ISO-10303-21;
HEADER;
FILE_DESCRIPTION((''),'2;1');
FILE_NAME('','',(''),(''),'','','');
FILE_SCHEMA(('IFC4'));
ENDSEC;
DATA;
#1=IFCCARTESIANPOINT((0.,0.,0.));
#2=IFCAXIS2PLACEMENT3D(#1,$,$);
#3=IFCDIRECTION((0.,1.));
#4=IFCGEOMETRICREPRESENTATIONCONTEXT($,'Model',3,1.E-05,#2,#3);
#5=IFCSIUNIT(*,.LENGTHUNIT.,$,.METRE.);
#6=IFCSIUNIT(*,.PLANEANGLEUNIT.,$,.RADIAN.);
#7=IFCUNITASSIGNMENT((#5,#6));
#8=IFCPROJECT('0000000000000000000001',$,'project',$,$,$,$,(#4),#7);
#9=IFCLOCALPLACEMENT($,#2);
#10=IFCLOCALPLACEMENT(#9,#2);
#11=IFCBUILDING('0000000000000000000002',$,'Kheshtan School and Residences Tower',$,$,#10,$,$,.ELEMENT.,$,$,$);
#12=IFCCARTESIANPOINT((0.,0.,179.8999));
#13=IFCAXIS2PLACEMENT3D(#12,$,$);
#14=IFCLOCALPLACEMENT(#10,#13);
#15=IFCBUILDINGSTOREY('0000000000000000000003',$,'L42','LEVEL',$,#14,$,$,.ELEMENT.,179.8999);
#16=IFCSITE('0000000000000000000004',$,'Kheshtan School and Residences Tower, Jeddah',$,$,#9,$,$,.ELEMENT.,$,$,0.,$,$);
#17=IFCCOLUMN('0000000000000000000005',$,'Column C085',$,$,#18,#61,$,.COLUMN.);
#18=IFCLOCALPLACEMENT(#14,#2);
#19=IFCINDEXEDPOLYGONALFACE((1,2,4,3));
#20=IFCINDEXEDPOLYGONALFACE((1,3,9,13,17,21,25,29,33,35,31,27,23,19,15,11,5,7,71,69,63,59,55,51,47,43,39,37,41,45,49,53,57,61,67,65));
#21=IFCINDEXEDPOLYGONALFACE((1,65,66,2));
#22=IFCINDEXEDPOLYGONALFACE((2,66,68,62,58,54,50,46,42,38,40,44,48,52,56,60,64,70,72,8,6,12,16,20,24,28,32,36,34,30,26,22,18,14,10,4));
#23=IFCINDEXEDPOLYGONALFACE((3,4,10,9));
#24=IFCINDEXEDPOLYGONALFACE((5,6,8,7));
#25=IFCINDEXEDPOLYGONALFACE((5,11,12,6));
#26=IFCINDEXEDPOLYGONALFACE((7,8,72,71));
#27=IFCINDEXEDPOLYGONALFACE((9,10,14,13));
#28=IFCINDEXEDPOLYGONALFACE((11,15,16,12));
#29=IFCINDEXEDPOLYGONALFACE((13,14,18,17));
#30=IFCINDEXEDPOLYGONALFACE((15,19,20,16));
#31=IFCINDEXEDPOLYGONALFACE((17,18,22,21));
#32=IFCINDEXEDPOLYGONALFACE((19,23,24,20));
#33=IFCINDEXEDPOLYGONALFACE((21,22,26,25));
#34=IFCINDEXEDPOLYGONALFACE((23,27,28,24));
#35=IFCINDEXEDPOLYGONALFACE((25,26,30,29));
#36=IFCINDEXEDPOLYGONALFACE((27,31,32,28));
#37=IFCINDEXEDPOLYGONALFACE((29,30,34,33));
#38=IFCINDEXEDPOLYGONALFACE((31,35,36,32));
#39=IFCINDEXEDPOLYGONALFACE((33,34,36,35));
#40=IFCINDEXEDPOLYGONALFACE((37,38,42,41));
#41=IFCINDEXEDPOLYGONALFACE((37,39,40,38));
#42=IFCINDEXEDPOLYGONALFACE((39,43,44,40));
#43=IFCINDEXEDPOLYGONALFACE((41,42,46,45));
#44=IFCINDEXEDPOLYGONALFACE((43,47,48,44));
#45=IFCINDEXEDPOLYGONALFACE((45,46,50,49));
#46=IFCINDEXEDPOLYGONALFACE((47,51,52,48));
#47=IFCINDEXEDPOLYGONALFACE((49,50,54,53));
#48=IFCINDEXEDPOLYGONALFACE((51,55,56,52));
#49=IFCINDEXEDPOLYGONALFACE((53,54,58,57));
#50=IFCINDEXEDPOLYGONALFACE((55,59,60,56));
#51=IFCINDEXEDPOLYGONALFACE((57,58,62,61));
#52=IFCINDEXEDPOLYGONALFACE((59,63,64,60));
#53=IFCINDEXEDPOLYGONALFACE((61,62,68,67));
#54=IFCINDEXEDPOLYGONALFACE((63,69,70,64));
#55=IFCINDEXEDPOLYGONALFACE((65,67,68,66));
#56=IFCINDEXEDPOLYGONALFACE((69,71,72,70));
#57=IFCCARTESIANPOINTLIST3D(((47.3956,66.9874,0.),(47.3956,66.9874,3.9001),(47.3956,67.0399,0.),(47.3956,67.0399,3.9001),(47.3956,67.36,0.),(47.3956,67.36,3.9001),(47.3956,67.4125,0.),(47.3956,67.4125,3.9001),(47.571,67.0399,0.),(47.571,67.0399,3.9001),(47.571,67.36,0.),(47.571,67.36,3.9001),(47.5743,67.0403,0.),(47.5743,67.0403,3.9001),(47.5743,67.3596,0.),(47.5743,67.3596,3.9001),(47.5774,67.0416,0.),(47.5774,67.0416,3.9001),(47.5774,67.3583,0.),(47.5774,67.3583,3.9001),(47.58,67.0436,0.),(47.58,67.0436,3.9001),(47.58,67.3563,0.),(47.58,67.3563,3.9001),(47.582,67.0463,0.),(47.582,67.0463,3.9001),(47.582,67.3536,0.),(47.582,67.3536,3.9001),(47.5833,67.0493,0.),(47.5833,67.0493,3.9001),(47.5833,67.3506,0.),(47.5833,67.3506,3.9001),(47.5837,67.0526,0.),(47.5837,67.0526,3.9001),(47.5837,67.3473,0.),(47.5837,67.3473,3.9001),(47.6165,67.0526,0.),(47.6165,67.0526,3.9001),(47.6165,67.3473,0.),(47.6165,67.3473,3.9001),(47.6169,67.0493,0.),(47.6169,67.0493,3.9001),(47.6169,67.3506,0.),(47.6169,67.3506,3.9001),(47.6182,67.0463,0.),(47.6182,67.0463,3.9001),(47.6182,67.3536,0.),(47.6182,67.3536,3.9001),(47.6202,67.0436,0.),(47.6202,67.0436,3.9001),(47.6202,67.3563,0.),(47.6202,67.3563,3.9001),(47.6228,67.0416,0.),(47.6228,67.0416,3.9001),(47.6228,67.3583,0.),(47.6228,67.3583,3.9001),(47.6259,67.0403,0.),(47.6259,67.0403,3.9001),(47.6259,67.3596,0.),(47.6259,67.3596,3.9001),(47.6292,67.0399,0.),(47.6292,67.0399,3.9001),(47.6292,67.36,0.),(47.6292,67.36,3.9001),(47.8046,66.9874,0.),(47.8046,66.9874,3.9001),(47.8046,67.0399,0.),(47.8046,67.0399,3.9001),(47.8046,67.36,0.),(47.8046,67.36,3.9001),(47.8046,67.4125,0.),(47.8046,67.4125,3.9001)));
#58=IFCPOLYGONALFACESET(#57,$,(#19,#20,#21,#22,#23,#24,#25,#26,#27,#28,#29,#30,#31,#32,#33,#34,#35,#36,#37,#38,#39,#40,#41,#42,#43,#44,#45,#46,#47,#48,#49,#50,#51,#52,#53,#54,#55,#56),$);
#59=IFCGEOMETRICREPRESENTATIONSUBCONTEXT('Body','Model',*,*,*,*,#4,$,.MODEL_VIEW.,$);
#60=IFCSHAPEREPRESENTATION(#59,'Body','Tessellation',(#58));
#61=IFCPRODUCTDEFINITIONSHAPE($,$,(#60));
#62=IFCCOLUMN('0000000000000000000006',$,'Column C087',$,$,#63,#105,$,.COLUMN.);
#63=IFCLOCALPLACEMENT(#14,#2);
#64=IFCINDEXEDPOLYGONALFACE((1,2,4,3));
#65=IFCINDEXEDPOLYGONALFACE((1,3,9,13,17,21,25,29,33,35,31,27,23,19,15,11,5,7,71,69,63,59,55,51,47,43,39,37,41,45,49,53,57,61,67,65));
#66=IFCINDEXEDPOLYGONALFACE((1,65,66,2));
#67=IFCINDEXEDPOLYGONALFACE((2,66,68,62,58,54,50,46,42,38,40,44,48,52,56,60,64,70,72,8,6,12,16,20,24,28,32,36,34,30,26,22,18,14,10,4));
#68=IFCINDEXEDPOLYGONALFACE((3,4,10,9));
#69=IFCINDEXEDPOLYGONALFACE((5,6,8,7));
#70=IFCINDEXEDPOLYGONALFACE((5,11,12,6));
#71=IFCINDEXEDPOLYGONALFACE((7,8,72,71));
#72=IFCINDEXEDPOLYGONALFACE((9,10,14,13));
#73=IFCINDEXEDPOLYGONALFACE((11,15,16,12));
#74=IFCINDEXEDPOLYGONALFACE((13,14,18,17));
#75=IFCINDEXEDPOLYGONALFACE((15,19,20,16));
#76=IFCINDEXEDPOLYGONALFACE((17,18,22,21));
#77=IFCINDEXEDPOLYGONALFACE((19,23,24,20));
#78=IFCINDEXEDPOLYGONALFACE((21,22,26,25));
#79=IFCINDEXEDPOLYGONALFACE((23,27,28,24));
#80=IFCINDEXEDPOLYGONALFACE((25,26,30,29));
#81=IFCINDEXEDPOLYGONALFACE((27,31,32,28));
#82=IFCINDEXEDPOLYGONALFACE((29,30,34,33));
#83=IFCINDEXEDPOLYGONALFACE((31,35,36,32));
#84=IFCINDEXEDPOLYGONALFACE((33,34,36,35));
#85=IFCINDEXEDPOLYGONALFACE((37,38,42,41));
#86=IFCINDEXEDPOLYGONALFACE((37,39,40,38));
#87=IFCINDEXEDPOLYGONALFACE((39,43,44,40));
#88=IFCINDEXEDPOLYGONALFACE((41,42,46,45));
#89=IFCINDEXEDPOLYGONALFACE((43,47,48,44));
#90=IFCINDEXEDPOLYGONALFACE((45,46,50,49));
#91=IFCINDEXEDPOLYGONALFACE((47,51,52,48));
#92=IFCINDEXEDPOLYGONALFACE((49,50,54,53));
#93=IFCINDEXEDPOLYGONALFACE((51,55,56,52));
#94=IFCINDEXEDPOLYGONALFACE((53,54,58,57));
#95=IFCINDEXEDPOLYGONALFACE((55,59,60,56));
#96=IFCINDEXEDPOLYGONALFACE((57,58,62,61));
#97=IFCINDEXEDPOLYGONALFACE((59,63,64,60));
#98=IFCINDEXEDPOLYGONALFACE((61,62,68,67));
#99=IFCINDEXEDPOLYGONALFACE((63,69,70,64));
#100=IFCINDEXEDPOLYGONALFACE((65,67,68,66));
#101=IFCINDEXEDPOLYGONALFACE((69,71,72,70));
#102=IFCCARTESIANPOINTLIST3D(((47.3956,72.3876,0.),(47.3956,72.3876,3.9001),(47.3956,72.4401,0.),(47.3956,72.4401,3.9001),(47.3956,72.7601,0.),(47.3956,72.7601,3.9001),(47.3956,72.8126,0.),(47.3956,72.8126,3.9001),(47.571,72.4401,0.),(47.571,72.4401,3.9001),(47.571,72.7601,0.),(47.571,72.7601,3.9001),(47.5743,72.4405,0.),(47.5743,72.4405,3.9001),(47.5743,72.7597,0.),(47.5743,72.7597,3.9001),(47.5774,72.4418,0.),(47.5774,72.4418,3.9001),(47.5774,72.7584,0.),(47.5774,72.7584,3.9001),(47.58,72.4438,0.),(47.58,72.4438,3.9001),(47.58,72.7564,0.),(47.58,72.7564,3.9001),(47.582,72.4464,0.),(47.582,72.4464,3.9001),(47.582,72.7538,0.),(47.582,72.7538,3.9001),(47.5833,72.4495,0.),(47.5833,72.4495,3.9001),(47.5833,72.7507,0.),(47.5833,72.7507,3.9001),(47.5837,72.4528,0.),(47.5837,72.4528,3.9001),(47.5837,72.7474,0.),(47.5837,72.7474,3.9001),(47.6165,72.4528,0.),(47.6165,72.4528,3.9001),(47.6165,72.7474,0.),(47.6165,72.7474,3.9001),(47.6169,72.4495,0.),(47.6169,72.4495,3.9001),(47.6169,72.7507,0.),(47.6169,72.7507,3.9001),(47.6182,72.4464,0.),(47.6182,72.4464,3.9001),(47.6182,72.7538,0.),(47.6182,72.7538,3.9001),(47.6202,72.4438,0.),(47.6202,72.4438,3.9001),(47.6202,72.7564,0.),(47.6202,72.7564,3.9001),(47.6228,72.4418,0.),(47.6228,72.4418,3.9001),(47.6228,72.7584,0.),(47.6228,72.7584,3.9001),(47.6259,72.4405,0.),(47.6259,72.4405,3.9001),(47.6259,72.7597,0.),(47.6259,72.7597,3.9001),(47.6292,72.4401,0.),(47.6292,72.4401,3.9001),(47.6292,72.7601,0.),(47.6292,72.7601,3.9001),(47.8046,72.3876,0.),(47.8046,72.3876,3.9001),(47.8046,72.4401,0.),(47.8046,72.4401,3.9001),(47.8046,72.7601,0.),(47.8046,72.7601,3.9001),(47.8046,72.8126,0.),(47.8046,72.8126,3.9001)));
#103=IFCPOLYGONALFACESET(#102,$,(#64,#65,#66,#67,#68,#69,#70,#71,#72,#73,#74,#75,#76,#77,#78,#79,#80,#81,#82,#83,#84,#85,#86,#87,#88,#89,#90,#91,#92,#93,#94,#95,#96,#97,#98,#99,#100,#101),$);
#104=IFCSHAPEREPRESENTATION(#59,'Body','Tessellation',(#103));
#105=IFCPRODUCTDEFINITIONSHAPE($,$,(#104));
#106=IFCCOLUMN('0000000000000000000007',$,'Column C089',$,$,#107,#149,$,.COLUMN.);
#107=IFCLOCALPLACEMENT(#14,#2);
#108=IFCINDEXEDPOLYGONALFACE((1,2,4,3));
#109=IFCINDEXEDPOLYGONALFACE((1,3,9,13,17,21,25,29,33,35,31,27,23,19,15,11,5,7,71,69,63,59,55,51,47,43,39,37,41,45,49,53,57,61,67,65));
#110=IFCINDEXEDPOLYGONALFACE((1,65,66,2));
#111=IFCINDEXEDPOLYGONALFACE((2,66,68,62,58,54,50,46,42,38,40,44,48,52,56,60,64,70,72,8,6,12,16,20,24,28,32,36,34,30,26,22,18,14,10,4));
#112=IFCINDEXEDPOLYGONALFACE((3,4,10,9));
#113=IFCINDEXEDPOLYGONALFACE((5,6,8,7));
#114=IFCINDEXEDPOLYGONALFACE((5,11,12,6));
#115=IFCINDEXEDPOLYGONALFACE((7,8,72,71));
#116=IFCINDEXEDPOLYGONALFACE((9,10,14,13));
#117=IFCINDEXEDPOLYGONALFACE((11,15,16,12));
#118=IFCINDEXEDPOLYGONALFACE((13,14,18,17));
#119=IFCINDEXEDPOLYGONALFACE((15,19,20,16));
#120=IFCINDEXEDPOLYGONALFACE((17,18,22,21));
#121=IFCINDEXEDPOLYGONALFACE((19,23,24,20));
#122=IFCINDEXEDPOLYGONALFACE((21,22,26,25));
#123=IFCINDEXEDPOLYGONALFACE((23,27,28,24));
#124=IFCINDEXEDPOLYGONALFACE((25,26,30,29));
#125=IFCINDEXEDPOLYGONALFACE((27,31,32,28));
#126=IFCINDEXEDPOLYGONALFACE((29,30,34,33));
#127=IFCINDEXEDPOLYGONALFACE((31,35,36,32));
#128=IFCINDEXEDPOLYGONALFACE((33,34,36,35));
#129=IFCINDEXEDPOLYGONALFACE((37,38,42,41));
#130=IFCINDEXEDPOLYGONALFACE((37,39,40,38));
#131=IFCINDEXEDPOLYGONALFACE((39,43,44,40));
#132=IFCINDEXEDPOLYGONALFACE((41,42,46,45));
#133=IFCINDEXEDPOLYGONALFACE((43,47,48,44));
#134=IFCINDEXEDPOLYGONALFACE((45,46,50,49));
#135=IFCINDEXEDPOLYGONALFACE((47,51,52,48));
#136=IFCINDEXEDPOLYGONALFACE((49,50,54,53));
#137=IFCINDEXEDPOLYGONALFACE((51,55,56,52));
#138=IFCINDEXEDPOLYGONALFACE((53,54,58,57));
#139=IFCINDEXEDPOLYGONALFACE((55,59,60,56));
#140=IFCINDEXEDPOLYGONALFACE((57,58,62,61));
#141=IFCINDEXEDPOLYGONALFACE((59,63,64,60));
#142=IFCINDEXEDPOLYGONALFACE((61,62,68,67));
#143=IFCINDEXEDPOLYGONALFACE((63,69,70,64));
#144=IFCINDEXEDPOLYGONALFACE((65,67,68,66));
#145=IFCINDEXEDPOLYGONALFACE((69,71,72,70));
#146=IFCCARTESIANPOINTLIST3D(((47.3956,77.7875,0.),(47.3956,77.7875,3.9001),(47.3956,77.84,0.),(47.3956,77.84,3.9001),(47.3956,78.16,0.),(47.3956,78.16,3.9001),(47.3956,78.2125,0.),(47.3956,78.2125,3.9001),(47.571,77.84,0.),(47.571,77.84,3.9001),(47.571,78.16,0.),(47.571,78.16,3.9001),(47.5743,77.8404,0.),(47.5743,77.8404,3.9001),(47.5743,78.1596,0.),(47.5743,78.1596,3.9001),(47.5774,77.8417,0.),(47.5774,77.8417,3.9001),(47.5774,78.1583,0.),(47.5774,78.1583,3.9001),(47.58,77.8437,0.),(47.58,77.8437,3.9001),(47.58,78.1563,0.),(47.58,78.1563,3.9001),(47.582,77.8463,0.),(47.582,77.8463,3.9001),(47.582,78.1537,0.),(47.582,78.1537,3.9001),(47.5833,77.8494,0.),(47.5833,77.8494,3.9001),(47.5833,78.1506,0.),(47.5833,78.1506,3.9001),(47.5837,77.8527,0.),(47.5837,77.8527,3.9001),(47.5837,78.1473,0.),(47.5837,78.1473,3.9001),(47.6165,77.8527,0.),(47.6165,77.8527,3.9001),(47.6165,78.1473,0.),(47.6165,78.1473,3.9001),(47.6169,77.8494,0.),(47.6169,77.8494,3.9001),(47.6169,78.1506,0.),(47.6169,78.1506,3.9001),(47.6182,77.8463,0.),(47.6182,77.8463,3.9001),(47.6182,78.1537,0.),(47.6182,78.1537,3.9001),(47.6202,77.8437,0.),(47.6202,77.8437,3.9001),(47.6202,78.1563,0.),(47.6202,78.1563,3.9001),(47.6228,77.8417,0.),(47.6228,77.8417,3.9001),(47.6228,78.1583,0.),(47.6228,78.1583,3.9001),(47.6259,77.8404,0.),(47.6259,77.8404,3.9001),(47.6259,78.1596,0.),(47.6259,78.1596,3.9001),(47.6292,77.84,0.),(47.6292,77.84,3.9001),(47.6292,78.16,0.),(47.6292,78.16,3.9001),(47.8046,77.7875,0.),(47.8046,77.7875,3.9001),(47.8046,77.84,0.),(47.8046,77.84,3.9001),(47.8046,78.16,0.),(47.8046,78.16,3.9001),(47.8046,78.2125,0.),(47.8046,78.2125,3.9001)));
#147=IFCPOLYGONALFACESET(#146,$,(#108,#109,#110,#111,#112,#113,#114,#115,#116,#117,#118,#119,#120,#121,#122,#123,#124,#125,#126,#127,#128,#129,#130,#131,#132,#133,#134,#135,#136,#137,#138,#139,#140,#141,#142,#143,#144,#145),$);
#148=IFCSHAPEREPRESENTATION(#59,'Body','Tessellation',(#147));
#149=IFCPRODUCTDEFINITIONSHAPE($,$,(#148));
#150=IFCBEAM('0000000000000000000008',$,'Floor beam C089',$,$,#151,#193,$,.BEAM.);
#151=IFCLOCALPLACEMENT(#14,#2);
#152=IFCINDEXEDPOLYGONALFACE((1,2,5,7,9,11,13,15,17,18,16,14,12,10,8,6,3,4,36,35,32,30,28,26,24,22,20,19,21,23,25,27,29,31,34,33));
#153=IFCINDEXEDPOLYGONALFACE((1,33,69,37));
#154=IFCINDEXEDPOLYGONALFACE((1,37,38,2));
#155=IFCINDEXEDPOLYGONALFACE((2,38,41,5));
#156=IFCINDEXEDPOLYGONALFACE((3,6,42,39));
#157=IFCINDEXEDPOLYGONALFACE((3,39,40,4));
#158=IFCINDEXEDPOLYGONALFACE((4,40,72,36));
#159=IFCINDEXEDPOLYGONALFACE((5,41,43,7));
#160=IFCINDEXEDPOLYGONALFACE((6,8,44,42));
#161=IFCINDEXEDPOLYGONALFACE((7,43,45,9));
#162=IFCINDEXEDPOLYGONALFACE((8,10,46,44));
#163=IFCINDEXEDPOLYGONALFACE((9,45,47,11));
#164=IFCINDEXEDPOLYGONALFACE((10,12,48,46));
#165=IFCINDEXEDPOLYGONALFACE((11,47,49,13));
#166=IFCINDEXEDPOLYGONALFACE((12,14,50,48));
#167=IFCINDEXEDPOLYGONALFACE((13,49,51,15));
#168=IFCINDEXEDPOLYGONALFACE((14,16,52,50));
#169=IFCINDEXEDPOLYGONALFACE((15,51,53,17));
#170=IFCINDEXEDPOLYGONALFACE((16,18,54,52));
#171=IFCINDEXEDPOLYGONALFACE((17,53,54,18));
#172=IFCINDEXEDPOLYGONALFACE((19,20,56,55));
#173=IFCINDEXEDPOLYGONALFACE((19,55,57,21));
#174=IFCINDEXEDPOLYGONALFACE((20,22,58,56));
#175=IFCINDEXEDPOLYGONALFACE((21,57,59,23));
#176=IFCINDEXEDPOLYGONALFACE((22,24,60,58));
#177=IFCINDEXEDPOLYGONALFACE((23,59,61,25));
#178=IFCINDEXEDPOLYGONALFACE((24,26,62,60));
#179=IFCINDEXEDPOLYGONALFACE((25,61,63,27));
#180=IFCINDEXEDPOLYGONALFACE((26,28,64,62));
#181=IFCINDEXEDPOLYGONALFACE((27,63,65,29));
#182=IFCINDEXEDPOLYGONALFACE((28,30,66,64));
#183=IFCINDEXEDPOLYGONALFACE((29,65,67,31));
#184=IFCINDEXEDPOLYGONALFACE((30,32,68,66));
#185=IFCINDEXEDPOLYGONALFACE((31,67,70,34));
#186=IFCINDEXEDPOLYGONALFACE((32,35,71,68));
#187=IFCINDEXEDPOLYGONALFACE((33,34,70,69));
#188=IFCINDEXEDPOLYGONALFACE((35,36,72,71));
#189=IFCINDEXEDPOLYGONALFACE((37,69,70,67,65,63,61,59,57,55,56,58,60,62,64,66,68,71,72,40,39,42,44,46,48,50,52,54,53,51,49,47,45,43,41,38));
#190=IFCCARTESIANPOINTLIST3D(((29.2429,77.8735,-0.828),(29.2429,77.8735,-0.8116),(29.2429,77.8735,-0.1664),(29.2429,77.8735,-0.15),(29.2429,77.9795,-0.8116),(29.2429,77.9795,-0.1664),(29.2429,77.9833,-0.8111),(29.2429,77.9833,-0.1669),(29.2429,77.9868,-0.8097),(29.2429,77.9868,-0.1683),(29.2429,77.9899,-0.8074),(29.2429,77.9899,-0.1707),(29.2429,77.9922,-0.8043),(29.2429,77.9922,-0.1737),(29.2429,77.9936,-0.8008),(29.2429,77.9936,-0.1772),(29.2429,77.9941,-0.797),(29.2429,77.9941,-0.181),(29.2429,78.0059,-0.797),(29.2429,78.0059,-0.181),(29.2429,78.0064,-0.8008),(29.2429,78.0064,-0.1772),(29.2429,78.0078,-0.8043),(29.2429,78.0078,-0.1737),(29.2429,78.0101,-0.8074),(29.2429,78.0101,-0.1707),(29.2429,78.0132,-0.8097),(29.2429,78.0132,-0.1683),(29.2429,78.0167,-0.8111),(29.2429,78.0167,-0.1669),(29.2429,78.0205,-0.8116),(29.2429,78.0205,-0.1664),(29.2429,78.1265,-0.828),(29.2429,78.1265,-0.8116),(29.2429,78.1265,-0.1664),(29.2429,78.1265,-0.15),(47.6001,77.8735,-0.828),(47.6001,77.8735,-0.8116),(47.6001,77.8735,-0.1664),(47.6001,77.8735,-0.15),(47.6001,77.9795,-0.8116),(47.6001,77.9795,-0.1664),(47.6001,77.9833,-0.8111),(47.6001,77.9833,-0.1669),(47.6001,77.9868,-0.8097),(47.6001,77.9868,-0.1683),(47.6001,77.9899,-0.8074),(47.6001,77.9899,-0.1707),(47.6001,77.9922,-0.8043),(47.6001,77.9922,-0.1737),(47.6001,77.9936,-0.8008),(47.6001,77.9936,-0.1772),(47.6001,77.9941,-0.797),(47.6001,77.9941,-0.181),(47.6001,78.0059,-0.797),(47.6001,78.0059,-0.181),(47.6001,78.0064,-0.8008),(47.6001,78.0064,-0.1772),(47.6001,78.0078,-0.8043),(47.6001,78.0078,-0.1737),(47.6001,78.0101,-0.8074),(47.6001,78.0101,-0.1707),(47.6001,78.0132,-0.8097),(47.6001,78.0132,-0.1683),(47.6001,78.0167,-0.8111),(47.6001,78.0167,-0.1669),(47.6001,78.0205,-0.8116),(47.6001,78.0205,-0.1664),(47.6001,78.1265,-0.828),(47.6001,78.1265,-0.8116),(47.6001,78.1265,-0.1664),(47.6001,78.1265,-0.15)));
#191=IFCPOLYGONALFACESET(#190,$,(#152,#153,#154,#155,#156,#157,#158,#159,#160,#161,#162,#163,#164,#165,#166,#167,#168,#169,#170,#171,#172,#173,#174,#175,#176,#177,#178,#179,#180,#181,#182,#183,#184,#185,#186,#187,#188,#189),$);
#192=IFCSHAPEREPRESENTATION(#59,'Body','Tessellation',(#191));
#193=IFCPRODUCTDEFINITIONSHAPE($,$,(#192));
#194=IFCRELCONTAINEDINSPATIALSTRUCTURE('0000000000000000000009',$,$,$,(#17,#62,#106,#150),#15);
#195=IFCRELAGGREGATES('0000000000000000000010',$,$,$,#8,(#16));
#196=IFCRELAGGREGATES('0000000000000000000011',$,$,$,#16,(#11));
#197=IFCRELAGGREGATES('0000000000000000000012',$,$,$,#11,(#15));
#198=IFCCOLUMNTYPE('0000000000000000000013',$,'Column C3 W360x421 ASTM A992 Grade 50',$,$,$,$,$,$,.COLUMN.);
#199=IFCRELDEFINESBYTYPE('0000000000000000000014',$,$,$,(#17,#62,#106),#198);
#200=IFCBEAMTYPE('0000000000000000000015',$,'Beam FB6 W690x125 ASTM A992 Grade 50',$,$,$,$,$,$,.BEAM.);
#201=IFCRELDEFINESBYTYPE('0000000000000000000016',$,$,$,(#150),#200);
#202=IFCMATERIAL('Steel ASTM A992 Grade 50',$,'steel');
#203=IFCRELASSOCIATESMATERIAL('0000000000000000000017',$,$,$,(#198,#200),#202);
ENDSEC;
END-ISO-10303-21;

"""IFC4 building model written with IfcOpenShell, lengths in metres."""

from ifc_helpers import new_model, si_unit, direction, frame, origin, origin_2d, place, context, subcontext, project, spatial, i_section, extrude, material, material_profile, profile_set, type_object, element, save


model = new_model("IFC4")

# Units and contexts
model_context = context("Model", 3, precision=1e-05, world=origin(), true_north=direction((0.0, 1.0)))
body_context = subcontext(model_context, "Body", "Model", "MODEL_VIEW")
ifc_project = project(units=[si_unit("LENGTHUNIT", "METRE"), si_unit("PLANEANGLEUNIT", "RADIAN")], contexts=[model_context])

# Site, building, storey
site_placement = place(None, origin())
site = spatial("IfcSite", under=ifc_project, at=site_placement, Name="Kheshtan School and Residences Tower, Jeddah", CompositionType="ELEMENT", RefElevation=0.0)
building_placement = place(site_placement, origin())
building = spatial("IfcBuilding", under=site, at=building_placement, Name="Kheshtan School and Residences Tower", CompositionType="ELEMENT")
storey_placement = place(building_placement, frame((0.0, 0.0, 179.8999)))
storey = spatial("IfcBuildingStorey", under=building, at=storey_placement, Name="L42", Description="LEVEL", CompositionType="ELEMENT", Elevation=179.8999)

# Columns
ifc_material_1 = material(Name="Steel ASTM A992 Grade 50", Category="steel")
ifc_material_profile_1 = material_profile(ifc_material_1, i_section(OverallWidth=0.4089, OverallDepth=0.425, WebThickness=0.0327, FlangeThickness=0.0525, FilletRadius=0.0127, at=origin_2d()), Name="W360x421")
ifc_profile_set_1 = profile_set([ifc_material_profile_1], Name="Steel ASTM A992 Grade 50")
column_type = type_object("IfcColumnType", Name="Column C3 W360x421 ASTM A992 Grade 50", PredefinedType="COLUMN", material=ifc_profile_set_1)
for number, where, z_axis, x_axis, name in (
    (1, (47.6001, 67.2, 0.0), (0.0, 0.0, 1.0), (1.0, 0.0, 0.0), "Column C085"),
    (2, (47.6001, 72.6001, 0.0), (0.0, 0.0, 1.0), (1.0, 0.0, 0.0), "Column C087"),
    (3, (47.6001, 78.0, 0.0), (0.0, 0.0, 1.0), (1.0, 0.0, 0.0), "Column C089"),
):
    element("IfcColumn", number, at=place(storey_placement, frame(where, z_axis=z_axis, x_axis=x_axis)), inside=storey, type_object=column_type, Name=name, PredefinedType="COLUMN", context=body_context, shape_type="SweptSolid", body=[
        extrude(i_section(OverallWidth=0.4089, OverallDepth=0.425, WebThickness=0.0327, FlangeThickness=0.0525, FilletRadius=0.0127, at=origin_2d()), origin(), (0.0, 0.0, 1.0), 3.9001),
    ])

# Beam
ifc_material_profile_2 = material_profile(ifc_material_1, i_section(OverallWidth=0.2529, OverallDepth=0.678, WebThickness=0.0117, FlangeThickness=0.0164, FilletRadius=0.0146, at=origin_2d()), Name="W690x125")
ifc_profile_set_2 = profile_set([ifc_material_profile_2], Name="Steel ASTM A992 Grade 50")
beam_type_1 = type_object("IfcBeamType", Name="Beam FB6 W690x125 ASTM A992 Grade 50", PredefinedType="BEAM", material=ifc_profile_set_2)
beam_1_placement = place(storey_placement, frame((47.6001, 78.0, -0.489), z_axis=(-1.0, 0.0, 0.0), x_axis=(0.0, -1.0, 0.0)))
element("IfcBeam", 4, at=beam_1_placement, inside=storey, type_object=beam_type_1, Name="Floor beam C089", PredefinedType="BEAM", context=body_context, shape_type="SweptSolid", body=[
    extrude(i_section(OverallWidth=0.2529, OverallDepth=0.678, WebThickness=0.0117, FlangeThickness=0.0164, FilletRadius=0.0146, at=origin_2d()), origin(), (0.0, 0.0, 1.0), 18.3572),
])

save(model, "model.ifc")
